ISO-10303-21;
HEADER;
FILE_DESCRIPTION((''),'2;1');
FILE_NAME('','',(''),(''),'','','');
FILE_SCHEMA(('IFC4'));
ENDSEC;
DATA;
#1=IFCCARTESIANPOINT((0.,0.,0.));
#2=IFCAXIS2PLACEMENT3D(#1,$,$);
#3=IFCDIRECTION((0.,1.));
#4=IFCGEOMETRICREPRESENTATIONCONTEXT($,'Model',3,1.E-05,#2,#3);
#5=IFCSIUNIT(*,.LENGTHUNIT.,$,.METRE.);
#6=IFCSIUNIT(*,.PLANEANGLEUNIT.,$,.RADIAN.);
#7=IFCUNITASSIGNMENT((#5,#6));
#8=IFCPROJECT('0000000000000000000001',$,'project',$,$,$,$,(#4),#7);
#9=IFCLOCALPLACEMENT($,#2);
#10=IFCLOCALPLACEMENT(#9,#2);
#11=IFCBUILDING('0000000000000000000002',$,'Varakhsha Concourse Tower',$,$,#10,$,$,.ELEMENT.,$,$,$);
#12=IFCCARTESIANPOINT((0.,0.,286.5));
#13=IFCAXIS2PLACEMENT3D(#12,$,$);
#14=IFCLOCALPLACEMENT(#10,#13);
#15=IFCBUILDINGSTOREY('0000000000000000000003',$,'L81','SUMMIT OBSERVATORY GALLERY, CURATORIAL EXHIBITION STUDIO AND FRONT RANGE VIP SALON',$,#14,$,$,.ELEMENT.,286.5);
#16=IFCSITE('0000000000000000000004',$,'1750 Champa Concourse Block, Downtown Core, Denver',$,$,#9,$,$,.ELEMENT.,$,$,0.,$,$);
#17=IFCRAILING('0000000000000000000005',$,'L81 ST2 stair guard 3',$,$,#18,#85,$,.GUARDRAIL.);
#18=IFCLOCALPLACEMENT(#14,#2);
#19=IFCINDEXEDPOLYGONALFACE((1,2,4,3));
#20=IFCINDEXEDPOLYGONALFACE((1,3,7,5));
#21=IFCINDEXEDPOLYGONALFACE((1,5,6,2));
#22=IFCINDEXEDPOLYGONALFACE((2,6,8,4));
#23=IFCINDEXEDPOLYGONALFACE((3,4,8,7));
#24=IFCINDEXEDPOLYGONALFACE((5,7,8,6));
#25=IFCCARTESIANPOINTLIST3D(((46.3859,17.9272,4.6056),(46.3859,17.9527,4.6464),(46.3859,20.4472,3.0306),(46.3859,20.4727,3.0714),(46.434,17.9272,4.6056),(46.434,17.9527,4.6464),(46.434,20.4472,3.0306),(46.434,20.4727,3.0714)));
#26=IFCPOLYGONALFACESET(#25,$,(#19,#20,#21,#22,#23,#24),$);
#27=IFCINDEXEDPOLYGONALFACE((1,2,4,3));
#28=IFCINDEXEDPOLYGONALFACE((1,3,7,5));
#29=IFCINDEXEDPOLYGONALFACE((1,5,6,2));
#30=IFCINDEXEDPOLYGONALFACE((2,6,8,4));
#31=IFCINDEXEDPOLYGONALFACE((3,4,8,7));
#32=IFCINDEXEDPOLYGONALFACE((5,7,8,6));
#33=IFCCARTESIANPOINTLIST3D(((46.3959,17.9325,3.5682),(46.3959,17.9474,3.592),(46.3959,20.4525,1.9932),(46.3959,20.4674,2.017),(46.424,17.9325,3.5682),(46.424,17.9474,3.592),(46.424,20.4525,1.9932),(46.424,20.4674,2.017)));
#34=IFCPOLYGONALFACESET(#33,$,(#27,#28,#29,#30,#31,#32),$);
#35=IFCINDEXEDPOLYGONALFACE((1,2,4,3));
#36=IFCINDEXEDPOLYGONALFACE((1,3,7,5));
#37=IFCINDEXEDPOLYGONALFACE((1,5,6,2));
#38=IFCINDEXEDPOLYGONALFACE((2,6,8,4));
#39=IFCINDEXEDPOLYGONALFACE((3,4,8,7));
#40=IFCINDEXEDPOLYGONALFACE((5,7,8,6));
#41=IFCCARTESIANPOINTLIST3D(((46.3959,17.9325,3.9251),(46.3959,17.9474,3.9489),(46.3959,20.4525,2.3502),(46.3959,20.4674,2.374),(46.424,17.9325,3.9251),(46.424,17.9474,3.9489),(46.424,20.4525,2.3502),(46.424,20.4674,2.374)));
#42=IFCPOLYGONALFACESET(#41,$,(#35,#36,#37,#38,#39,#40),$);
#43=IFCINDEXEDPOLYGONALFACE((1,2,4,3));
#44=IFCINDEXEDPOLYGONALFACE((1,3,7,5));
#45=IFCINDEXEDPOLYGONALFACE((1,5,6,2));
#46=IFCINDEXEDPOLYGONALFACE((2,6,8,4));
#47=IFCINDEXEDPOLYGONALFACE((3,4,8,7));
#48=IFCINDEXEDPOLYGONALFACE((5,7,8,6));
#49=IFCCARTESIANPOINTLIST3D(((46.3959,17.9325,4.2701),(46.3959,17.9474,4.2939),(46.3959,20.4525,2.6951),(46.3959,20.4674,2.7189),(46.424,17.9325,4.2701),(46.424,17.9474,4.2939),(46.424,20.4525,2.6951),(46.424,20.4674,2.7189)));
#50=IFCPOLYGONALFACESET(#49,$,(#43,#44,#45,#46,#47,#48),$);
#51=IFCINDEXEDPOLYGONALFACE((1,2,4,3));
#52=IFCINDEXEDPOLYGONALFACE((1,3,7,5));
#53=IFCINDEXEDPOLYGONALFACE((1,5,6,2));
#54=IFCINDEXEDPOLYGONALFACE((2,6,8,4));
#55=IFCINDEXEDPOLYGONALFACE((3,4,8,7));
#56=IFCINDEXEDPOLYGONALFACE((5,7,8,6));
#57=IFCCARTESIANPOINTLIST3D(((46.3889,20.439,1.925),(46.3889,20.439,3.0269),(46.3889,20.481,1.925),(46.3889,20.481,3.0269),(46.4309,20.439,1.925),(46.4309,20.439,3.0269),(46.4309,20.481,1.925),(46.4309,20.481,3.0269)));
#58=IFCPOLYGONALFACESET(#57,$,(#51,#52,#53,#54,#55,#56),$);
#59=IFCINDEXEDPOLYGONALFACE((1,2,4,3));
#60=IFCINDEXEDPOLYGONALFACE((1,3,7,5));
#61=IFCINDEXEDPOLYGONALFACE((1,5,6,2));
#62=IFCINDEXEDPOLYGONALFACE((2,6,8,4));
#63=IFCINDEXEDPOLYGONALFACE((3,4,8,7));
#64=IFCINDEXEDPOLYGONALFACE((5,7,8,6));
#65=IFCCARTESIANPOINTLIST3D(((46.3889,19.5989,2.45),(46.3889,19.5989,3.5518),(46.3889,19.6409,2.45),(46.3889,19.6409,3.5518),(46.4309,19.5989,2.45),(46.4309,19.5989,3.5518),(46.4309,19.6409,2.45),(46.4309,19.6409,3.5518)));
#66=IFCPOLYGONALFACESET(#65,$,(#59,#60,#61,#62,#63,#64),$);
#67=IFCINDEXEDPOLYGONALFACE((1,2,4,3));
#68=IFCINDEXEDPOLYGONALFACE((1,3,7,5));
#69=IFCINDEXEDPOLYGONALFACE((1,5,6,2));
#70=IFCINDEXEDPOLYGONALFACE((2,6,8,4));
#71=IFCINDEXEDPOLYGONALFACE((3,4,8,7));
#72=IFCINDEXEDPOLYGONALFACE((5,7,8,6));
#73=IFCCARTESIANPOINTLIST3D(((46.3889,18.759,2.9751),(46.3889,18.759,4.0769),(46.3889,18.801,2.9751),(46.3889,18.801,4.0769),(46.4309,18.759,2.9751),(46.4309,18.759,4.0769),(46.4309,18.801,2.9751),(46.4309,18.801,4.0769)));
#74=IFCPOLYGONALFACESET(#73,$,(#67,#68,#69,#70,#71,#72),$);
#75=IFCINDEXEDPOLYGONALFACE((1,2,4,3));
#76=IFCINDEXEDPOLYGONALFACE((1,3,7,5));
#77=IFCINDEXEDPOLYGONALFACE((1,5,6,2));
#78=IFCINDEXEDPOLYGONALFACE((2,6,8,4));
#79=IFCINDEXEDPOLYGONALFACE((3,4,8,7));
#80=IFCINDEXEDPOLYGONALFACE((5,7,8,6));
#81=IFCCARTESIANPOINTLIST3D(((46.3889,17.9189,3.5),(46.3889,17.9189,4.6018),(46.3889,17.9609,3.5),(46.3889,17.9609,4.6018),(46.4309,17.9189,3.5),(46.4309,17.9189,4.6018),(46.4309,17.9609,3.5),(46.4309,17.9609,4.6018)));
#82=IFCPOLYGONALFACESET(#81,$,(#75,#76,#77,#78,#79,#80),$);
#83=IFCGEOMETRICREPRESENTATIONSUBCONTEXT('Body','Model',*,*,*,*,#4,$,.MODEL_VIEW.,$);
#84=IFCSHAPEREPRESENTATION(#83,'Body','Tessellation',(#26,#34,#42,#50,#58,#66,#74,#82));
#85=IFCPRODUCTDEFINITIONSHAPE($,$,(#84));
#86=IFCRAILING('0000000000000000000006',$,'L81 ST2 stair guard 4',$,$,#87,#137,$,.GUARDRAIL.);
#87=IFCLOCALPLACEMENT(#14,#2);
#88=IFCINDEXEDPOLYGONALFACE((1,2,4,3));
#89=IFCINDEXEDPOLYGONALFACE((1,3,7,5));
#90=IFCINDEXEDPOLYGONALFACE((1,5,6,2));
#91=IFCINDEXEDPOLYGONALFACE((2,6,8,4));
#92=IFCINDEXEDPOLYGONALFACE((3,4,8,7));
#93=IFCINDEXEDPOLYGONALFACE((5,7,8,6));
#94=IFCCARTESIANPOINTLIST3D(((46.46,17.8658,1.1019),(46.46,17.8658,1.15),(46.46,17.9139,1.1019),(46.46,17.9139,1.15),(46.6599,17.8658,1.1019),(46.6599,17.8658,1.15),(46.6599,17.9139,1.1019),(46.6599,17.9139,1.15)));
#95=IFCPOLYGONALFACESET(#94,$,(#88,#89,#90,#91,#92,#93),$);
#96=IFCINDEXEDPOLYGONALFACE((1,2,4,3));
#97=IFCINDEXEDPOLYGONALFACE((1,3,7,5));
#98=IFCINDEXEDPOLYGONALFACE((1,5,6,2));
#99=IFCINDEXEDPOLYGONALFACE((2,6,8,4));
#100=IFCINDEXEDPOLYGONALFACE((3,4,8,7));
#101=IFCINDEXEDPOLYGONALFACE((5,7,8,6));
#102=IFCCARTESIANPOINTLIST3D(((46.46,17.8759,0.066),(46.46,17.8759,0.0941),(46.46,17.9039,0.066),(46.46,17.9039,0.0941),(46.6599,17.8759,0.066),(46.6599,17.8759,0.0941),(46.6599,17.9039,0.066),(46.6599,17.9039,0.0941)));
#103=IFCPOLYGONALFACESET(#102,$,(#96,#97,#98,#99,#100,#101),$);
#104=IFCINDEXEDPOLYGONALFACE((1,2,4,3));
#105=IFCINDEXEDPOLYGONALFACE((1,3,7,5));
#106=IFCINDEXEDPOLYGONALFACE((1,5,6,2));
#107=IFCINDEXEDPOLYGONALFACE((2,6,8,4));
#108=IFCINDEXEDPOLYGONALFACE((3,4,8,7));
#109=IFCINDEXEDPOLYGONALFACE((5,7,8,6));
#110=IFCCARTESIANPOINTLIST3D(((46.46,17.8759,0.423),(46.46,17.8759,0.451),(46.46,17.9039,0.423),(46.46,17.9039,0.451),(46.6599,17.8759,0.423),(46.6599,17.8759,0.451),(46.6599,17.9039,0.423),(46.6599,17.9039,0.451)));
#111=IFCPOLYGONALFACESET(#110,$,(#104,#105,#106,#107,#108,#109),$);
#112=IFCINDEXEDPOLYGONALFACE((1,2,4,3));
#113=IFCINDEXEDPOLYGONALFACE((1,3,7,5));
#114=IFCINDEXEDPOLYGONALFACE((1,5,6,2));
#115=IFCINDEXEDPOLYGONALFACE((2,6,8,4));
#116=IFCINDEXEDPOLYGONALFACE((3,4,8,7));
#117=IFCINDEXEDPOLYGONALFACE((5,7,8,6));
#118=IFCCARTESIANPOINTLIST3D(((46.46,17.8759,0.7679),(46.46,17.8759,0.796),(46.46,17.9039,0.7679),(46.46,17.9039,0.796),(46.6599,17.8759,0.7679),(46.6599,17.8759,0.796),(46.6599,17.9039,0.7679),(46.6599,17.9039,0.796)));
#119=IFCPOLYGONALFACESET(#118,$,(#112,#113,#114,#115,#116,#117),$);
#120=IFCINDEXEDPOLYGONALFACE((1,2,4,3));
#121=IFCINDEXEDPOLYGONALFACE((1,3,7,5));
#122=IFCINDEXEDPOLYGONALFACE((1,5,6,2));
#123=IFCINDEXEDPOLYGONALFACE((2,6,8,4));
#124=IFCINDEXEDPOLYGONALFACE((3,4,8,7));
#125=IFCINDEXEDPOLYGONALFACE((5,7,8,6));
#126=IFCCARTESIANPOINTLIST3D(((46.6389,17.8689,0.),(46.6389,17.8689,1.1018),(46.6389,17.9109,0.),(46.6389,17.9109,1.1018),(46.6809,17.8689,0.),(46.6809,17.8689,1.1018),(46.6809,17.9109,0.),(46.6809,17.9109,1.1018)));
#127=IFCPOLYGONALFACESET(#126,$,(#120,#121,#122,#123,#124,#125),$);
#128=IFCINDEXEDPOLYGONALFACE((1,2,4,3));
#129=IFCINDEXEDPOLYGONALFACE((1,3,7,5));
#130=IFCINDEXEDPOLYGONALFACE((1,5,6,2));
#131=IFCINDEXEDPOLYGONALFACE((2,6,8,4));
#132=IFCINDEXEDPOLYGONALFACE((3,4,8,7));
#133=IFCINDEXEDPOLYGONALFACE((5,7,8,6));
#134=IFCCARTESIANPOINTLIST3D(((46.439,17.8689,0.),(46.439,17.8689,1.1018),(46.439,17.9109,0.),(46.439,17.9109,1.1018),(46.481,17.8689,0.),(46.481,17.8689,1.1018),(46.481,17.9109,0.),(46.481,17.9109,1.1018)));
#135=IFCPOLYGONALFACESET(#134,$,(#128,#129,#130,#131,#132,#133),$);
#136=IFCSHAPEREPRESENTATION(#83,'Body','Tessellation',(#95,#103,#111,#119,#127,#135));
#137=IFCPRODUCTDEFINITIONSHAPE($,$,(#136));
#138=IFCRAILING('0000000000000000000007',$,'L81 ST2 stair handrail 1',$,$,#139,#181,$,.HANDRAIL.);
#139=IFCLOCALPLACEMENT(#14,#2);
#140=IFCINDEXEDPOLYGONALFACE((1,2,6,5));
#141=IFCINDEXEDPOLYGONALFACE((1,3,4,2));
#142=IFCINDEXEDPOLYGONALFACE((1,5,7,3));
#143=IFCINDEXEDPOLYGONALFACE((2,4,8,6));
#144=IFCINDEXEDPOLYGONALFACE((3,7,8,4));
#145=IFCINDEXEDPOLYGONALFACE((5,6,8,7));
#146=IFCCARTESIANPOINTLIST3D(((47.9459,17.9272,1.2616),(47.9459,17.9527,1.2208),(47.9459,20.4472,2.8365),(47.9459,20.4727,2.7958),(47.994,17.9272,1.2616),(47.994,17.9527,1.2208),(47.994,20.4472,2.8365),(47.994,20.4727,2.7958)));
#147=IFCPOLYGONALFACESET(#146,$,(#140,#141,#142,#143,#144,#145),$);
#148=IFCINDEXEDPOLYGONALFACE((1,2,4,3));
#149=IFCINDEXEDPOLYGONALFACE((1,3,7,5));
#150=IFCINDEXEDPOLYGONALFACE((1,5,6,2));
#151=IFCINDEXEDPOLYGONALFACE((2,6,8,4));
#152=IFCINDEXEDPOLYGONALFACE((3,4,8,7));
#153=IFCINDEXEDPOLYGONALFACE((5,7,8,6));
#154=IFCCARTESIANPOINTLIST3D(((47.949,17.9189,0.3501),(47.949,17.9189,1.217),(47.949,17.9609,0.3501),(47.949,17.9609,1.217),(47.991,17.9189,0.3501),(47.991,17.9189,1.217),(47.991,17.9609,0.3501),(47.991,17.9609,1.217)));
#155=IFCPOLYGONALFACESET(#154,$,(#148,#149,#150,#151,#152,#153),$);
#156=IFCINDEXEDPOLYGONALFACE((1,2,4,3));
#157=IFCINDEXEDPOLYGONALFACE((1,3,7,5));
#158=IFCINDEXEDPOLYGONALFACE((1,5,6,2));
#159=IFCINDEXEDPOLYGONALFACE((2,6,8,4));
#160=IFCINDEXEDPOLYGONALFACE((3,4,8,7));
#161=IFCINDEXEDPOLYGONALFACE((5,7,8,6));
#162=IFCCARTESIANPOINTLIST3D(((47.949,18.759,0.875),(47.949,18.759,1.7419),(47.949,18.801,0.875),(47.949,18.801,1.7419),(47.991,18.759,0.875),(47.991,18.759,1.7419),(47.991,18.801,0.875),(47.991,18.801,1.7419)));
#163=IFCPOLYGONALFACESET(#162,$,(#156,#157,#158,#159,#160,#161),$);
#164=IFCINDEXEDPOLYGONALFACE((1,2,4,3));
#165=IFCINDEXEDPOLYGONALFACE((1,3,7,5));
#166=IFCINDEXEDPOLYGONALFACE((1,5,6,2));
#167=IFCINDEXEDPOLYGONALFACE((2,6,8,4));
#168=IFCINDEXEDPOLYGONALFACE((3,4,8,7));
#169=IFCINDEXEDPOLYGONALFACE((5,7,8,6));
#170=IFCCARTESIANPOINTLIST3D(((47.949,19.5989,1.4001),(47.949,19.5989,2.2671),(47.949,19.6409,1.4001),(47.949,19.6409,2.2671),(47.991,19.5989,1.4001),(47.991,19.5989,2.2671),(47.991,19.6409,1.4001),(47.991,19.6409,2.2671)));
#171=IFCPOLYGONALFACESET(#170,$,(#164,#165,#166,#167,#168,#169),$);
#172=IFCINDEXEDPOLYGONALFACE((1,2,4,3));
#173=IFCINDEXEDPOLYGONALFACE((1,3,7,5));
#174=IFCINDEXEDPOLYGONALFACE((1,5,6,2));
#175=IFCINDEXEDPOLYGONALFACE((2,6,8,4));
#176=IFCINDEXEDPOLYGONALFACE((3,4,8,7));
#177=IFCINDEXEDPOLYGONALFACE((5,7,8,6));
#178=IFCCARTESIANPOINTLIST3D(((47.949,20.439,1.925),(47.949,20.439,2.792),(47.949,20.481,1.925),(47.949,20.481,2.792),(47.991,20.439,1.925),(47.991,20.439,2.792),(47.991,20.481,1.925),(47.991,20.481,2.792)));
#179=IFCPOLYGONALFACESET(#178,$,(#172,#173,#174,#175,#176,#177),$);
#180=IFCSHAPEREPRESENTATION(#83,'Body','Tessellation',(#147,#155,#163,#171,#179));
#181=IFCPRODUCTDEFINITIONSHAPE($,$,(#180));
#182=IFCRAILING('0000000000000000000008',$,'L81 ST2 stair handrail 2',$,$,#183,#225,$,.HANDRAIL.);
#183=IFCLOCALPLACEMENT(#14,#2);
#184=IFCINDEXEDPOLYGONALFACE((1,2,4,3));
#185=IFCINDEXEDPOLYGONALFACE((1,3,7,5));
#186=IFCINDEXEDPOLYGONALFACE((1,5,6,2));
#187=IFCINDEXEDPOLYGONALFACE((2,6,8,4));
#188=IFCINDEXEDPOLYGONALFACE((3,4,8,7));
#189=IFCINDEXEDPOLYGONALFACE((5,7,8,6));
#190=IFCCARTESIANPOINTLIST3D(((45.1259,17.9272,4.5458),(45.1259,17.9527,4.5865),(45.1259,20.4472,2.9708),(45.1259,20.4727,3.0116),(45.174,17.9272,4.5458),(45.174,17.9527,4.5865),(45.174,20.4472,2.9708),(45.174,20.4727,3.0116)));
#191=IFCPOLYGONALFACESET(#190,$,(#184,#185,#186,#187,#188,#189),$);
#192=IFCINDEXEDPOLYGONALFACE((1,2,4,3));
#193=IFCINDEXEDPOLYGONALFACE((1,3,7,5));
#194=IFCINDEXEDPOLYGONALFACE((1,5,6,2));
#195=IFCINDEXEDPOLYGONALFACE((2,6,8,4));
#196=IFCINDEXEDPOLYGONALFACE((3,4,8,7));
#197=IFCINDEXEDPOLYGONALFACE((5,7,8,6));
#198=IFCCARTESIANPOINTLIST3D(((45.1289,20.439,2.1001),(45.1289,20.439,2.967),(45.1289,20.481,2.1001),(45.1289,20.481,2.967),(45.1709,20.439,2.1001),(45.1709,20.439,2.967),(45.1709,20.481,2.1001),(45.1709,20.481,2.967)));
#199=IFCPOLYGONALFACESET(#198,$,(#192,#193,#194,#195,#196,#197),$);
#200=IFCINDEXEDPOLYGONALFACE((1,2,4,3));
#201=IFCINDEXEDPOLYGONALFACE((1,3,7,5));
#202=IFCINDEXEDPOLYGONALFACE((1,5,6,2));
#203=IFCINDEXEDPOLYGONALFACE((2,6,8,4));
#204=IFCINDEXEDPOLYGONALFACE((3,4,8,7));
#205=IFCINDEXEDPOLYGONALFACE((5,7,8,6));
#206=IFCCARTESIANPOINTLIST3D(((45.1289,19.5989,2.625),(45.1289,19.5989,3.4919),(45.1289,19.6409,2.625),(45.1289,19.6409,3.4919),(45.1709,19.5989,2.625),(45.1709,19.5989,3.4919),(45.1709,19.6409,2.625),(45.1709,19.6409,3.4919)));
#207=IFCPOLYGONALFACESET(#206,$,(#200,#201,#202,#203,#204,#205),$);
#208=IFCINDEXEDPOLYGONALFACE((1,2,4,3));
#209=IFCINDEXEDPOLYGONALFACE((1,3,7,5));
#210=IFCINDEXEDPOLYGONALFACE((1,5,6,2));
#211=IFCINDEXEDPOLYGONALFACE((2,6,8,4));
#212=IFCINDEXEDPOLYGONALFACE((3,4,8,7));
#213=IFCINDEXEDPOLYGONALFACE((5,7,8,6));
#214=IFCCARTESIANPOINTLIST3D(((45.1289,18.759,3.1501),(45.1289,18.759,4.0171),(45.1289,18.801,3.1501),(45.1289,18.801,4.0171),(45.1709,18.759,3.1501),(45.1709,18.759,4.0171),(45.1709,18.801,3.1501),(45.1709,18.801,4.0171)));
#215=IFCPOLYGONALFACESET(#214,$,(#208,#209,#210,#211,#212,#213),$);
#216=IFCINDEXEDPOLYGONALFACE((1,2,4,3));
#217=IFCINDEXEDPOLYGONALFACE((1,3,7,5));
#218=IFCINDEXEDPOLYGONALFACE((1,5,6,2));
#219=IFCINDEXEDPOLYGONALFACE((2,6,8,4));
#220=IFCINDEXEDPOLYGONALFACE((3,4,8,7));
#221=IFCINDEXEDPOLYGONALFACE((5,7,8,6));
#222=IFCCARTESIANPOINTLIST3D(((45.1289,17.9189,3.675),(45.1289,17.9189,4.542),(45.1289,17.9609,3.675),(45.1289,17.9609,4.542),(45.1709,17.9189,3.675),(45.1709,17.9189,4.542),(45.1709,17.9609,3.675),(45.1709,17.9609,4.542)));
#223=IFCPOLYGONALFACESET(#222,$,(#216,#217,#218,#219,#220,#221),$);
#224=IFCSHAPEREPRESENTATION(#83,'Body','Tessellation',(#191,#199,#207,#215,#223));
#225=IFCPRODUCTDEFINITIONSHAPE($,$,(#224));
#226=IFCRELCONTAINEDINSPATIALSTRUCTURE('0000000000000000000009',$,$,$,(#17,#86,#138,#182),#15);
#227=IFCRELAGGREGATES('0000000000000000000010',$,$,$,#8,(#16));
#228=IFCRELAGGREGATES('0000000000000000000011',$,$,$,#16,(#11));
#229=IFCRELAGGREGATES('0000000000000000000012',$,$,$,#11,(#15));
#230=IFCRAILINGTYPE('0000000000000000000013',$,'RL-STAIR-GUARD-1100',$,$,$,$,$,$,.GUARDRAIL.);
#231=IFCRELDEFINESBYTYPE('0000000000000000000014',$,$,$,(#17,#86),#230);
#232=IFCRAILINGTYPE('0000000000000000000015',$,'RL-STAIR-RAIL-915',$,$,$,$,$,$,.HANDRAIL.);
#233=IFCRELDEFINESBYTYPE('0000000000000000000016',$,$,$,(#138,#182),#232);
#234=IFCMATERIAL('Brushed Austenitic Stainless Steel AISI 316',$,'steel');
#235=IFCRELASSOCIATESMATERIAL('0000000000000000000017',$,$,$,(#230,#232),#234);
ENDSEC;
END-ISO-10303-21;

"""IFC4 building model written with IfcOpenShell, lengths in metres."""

from ifc_helpers import new_model, si_unit, direction, frame, origin, origin_2d, place, context, subcontext, project, spatial, rectangle, extrude, material, type_object, element, save


model = new_model("IFC4")

# Units and contexts
model_context = context("Model", 3, precision=1e-05, world=origin(), true_north=direction((0.0, 1.0)))
body_context = subcontext(model_context, "Body", "Model", "MODEL_VIEW")
ifc_project = project(units=[si_unit("LENGTHUNIT", "METRE"), si_unit("PLANEANGLEUNIT", "RADIAN")], contexts=[model_context])

# Site, building, storey
site_placement = place(None, origin())
site = spatial("IfcSite", under=ifc_project, at=site_placement, Name="1750 Champa Concourse Block, Downtown Core, Denver", CompositionType="ELEMENT", RefElevation=0.0)
building_placement = place(site_placement, origin())
building = spatial("IfcBuilding", under=site, at=building_placement, Name="Varakhsha Concourse Tower", CompositionType="ELEMENT")
storey_placement = place(building_placement, frame((0.0, 0.0, 286.5)))
storey = spatial("IfcBuildingStorey", under=building, at=storey_placement, Name="L81", Description="SUMMIT OBSERVATORY GALLERY, CURATORIAL EXHIBITION STUDIO AND FRONT RANGE VIP SALON", CompositionType="ELEMENT", Elevation=286.5)

# Railings
ifc_material_1 = material(Name="Brushed Austenitic Stainless Steel AISI 316", Category="steel")
railing_type_1 = type_object("IfcRailingType", Name="RL-STAIR-GUARD-1100", PredefinedType="GUARDRAIL", material=ifc_material_1)
railing_1_placement = place(storey_placement, frame((46.4099, 20.46, 1.925)))
element("IfcRailing", 1, at=railing_1_placement, inside=storey, type_object=railing_type_1, Name="L81 ST2 stair guard 3", PredefinedType="GUARDRAIL", context=body_context, shape_type="SweptSolid", body=[
    extrude(rectangle(XDim=0.0481, YDim=0.0481, at=origin_2d()), frame((0.0, 0.0, 1.126), z_axis=(0.0, -0.848008, 0.529984), x_axis=(1.0, 0.0, 0.0)), (0.0, 0.0, 1.0), 2.9717),
    extrude(rectangle(XDim=0.0281, YDim=0.0281, at=origin_2d()), frame((0.0, 0.0, 0.0801), z_axis=(0.0, -0.848008, 0.529984), x_axis=(1.0, 0.0, 0.0)), (0.0, 0.0, 1.0), 2.9717),
    extrude(rectangle(XDim=0.0281, YDim=0.0281, at=origin_2d()), frame((0.0, 0.0, 0.437), z_axis=(0.0, -0.848008, 0.529984), x_axis=(1.0, 0.0, 0.0)), (0.0, 0.0, 1.0), 2.9717),
    extrude(rectangle(XDim=0.0281, YDim=0.0281, at=origin_2d()), frame((0.0, 0.0, 0.782), z_axis=(0.0, -0.848008, 0.529984), x_axis=(1.0, 0.0, 0.0)), (0.0, 0.0, 1.0), 2.9717),
    extrude(rectangle(XDim=0.042, YDim=0.042, at=origin_2d()), origin(), (0.0, 0.0, 1.0), 1.1018),
    extrude(rectangle(XDim=0.042, YDim=0.042, at=origin_2d()), frame((0.0, -0.8401, 0.5249)), (0.0, 0.0, 1.0), 1.1018),
    extrude(rectangle(XDim=0.042, YDim=0.042, at=origin_2d()), frame((0.0, -1.6799, 1.05)), (0.0, 0.0, 1.0), 1.1018),
    extrude(rectangle(XDim=0.042, YDim=0.042, at=origin_2d()), frame((0.0, -2.52, 1.575)), (0.0, 0.0, 1.0), 1.1018),
])
railing_2_placement = place(storey_placement, frame((46.6599, 17.8899, 0.0)))
element("IfcRailing", 2, at=railing_2_placement, inside=storey, type_object=railing_type_1, Name="L81 ST2 stair guard 4", PredefinedType="GUARDRAIL", context=body_context, shape_type="SweptSolid", body=[
    extrude(rectangle(XDim=0.0481, YDim=0.0481, at=origin_2d()), frame((0.0, 0.0, 1.126), z_axis=(-1.0, 0.0, 0.0), x_axis=(0.0, -1.0, 0.0)), (0.0, 0.0, 1.0), 0.2),
    extrude(rectangle(XDim=0.0281, YDim=0.0281, at=origin_2d()), frame((0.0, 0.0, 0.0801), z_axis=(-1.0, 0.0, 0.0), x_axis=(0.0, -1.0, 0.0)), (0.0, 0.0, 1.0), 0.2),
    extrude(rectangle(XDim=0.0281, YDim=0.0281, at=origin_2d()), frame((0.0, 0.0, 0.437), z_axis=(-1.0, 0.0, 0.0), x_axis=(0.0, -1.0, 0.0)), (0.0, 0.0, 1.0), 0.2),
    extrude(rectangle(XDim=0.0281, YDim=0.0281, at=origin_2d()), frame((0.0, 0.0, 0.782), z_axis=(-1.0, 0.0, 0.0), x_axis=(0.0, -1.0, 0.0)), (0.0, 0.0, 1.0), 0.2),
    extrude(rectangle(XDim=0.042, YDim=0.042, at=origin_2d()), origin(), (0.0, 0.0, 1.0), 1.1018),
    extrude(rectangle(XDim=0.042, YDim=0.042, at=origin_2d()), frame((-0.2, 0.0, 0.0)), (0.0, 0.0, 1.0), 1.1018),
])
railing_type_2 = type_object("IfcRailingType", Name="RL-STAIR-RAIL-915", PredefinedType="HANDRAIL", material=ifc_material_1)
railing_3_placement = place(storey_placement, frame((47.97, 17.9399, 0.3501)))
element("IfcRailing", 3, at=railing_3_placement, inside=storey, type_object=railing_type_2, Name="L81 ST2 stair handrail 1", PredefinedType="HANDRAIL", context=body_context, shape_type="SweptSolid", body=[
    extrude(rectangle(XDim=0.0481, YDim=0.0481, at=origin_2d()), frame((0.0, 0.0, 0.8911), z_axis=(0.0, 0.848008, 0.529984), x_axis=(-1.0, 0.0, 0.0)), (0.0, 0.0, 1.0), 2.9717),
    extrude(rectangle(XDim=0.042, YDim=0.042, at=origin_2d()), origin(), (0.0, 0.0, 1.0), 0.8669),
    extrude(rectangle(XDim=0.042, YDim=0.042, at=origin_2d()), frame((0.0, 0.8401, 0.5249)), (0.0, 0.0, 1.0), 0.8669),
    extrude(rectangle(XDim=0.042, YDim=0.042, at=origin_2d()), frame((0.0, 1.6799, 1.05)), (0.0, 0.0, 1.0), 0.8669),
    extrude(rectangle(XDim=0.042, YDim=0.042, at=origin_2d()), frame((0.0, 2.52, 1.575)), (0.0, 0.0, 1.0), 0.8669),
])
railing_4_placement = place(storey_placement, frame((45.1499, 20.46, 2.1001)))
element("IfcRailing", 4, at=railing_4_placement, inside=storey, type_object=railing_type_2, Name="L81 ST2 stair handrail 2", PredefinedType="HANDRAIL", context=body_context, shape_type="SweptSolid", body=[
    extrude(rectangle(XDim=0.0481, YDim=0.0481, at=origin_2d()), frame((0.0, 0.0, 0.8911), z_axis=(0.0, -0.848008, 0.529984), x_axis=(1.0, 0.0, 0.0)), (0.0, 0.0, 1.0), 2.9717),
    extrude(rectangle(XDim=0.042, YDim=0.042, at=origin_2d()), origin(), (0.0, 0.0, 1.0), 0.8669),
    extrude(rectangle(XDim=0.042, YDim=0.042, at=origin_2d()), frame((0.0, -0.8401, 0.5249)), (0.0, 0.0, 1.0), 0.8669),
    extrude(rectangle(XDim=0.042, YDim=0.042, at=origin_2d()), frame((0.0, -1.6799, 1.05)), (0.0, 0.0, 1.0), 0.8669),
    extrude(rectangle(XDim=0.042, YDim=0.042, at=origin_2d()), frame((0.0, -2.52, 1.575)), (0.0, 0.0, 1.0), 0.8669),
])

save(model, "model.ifc")
